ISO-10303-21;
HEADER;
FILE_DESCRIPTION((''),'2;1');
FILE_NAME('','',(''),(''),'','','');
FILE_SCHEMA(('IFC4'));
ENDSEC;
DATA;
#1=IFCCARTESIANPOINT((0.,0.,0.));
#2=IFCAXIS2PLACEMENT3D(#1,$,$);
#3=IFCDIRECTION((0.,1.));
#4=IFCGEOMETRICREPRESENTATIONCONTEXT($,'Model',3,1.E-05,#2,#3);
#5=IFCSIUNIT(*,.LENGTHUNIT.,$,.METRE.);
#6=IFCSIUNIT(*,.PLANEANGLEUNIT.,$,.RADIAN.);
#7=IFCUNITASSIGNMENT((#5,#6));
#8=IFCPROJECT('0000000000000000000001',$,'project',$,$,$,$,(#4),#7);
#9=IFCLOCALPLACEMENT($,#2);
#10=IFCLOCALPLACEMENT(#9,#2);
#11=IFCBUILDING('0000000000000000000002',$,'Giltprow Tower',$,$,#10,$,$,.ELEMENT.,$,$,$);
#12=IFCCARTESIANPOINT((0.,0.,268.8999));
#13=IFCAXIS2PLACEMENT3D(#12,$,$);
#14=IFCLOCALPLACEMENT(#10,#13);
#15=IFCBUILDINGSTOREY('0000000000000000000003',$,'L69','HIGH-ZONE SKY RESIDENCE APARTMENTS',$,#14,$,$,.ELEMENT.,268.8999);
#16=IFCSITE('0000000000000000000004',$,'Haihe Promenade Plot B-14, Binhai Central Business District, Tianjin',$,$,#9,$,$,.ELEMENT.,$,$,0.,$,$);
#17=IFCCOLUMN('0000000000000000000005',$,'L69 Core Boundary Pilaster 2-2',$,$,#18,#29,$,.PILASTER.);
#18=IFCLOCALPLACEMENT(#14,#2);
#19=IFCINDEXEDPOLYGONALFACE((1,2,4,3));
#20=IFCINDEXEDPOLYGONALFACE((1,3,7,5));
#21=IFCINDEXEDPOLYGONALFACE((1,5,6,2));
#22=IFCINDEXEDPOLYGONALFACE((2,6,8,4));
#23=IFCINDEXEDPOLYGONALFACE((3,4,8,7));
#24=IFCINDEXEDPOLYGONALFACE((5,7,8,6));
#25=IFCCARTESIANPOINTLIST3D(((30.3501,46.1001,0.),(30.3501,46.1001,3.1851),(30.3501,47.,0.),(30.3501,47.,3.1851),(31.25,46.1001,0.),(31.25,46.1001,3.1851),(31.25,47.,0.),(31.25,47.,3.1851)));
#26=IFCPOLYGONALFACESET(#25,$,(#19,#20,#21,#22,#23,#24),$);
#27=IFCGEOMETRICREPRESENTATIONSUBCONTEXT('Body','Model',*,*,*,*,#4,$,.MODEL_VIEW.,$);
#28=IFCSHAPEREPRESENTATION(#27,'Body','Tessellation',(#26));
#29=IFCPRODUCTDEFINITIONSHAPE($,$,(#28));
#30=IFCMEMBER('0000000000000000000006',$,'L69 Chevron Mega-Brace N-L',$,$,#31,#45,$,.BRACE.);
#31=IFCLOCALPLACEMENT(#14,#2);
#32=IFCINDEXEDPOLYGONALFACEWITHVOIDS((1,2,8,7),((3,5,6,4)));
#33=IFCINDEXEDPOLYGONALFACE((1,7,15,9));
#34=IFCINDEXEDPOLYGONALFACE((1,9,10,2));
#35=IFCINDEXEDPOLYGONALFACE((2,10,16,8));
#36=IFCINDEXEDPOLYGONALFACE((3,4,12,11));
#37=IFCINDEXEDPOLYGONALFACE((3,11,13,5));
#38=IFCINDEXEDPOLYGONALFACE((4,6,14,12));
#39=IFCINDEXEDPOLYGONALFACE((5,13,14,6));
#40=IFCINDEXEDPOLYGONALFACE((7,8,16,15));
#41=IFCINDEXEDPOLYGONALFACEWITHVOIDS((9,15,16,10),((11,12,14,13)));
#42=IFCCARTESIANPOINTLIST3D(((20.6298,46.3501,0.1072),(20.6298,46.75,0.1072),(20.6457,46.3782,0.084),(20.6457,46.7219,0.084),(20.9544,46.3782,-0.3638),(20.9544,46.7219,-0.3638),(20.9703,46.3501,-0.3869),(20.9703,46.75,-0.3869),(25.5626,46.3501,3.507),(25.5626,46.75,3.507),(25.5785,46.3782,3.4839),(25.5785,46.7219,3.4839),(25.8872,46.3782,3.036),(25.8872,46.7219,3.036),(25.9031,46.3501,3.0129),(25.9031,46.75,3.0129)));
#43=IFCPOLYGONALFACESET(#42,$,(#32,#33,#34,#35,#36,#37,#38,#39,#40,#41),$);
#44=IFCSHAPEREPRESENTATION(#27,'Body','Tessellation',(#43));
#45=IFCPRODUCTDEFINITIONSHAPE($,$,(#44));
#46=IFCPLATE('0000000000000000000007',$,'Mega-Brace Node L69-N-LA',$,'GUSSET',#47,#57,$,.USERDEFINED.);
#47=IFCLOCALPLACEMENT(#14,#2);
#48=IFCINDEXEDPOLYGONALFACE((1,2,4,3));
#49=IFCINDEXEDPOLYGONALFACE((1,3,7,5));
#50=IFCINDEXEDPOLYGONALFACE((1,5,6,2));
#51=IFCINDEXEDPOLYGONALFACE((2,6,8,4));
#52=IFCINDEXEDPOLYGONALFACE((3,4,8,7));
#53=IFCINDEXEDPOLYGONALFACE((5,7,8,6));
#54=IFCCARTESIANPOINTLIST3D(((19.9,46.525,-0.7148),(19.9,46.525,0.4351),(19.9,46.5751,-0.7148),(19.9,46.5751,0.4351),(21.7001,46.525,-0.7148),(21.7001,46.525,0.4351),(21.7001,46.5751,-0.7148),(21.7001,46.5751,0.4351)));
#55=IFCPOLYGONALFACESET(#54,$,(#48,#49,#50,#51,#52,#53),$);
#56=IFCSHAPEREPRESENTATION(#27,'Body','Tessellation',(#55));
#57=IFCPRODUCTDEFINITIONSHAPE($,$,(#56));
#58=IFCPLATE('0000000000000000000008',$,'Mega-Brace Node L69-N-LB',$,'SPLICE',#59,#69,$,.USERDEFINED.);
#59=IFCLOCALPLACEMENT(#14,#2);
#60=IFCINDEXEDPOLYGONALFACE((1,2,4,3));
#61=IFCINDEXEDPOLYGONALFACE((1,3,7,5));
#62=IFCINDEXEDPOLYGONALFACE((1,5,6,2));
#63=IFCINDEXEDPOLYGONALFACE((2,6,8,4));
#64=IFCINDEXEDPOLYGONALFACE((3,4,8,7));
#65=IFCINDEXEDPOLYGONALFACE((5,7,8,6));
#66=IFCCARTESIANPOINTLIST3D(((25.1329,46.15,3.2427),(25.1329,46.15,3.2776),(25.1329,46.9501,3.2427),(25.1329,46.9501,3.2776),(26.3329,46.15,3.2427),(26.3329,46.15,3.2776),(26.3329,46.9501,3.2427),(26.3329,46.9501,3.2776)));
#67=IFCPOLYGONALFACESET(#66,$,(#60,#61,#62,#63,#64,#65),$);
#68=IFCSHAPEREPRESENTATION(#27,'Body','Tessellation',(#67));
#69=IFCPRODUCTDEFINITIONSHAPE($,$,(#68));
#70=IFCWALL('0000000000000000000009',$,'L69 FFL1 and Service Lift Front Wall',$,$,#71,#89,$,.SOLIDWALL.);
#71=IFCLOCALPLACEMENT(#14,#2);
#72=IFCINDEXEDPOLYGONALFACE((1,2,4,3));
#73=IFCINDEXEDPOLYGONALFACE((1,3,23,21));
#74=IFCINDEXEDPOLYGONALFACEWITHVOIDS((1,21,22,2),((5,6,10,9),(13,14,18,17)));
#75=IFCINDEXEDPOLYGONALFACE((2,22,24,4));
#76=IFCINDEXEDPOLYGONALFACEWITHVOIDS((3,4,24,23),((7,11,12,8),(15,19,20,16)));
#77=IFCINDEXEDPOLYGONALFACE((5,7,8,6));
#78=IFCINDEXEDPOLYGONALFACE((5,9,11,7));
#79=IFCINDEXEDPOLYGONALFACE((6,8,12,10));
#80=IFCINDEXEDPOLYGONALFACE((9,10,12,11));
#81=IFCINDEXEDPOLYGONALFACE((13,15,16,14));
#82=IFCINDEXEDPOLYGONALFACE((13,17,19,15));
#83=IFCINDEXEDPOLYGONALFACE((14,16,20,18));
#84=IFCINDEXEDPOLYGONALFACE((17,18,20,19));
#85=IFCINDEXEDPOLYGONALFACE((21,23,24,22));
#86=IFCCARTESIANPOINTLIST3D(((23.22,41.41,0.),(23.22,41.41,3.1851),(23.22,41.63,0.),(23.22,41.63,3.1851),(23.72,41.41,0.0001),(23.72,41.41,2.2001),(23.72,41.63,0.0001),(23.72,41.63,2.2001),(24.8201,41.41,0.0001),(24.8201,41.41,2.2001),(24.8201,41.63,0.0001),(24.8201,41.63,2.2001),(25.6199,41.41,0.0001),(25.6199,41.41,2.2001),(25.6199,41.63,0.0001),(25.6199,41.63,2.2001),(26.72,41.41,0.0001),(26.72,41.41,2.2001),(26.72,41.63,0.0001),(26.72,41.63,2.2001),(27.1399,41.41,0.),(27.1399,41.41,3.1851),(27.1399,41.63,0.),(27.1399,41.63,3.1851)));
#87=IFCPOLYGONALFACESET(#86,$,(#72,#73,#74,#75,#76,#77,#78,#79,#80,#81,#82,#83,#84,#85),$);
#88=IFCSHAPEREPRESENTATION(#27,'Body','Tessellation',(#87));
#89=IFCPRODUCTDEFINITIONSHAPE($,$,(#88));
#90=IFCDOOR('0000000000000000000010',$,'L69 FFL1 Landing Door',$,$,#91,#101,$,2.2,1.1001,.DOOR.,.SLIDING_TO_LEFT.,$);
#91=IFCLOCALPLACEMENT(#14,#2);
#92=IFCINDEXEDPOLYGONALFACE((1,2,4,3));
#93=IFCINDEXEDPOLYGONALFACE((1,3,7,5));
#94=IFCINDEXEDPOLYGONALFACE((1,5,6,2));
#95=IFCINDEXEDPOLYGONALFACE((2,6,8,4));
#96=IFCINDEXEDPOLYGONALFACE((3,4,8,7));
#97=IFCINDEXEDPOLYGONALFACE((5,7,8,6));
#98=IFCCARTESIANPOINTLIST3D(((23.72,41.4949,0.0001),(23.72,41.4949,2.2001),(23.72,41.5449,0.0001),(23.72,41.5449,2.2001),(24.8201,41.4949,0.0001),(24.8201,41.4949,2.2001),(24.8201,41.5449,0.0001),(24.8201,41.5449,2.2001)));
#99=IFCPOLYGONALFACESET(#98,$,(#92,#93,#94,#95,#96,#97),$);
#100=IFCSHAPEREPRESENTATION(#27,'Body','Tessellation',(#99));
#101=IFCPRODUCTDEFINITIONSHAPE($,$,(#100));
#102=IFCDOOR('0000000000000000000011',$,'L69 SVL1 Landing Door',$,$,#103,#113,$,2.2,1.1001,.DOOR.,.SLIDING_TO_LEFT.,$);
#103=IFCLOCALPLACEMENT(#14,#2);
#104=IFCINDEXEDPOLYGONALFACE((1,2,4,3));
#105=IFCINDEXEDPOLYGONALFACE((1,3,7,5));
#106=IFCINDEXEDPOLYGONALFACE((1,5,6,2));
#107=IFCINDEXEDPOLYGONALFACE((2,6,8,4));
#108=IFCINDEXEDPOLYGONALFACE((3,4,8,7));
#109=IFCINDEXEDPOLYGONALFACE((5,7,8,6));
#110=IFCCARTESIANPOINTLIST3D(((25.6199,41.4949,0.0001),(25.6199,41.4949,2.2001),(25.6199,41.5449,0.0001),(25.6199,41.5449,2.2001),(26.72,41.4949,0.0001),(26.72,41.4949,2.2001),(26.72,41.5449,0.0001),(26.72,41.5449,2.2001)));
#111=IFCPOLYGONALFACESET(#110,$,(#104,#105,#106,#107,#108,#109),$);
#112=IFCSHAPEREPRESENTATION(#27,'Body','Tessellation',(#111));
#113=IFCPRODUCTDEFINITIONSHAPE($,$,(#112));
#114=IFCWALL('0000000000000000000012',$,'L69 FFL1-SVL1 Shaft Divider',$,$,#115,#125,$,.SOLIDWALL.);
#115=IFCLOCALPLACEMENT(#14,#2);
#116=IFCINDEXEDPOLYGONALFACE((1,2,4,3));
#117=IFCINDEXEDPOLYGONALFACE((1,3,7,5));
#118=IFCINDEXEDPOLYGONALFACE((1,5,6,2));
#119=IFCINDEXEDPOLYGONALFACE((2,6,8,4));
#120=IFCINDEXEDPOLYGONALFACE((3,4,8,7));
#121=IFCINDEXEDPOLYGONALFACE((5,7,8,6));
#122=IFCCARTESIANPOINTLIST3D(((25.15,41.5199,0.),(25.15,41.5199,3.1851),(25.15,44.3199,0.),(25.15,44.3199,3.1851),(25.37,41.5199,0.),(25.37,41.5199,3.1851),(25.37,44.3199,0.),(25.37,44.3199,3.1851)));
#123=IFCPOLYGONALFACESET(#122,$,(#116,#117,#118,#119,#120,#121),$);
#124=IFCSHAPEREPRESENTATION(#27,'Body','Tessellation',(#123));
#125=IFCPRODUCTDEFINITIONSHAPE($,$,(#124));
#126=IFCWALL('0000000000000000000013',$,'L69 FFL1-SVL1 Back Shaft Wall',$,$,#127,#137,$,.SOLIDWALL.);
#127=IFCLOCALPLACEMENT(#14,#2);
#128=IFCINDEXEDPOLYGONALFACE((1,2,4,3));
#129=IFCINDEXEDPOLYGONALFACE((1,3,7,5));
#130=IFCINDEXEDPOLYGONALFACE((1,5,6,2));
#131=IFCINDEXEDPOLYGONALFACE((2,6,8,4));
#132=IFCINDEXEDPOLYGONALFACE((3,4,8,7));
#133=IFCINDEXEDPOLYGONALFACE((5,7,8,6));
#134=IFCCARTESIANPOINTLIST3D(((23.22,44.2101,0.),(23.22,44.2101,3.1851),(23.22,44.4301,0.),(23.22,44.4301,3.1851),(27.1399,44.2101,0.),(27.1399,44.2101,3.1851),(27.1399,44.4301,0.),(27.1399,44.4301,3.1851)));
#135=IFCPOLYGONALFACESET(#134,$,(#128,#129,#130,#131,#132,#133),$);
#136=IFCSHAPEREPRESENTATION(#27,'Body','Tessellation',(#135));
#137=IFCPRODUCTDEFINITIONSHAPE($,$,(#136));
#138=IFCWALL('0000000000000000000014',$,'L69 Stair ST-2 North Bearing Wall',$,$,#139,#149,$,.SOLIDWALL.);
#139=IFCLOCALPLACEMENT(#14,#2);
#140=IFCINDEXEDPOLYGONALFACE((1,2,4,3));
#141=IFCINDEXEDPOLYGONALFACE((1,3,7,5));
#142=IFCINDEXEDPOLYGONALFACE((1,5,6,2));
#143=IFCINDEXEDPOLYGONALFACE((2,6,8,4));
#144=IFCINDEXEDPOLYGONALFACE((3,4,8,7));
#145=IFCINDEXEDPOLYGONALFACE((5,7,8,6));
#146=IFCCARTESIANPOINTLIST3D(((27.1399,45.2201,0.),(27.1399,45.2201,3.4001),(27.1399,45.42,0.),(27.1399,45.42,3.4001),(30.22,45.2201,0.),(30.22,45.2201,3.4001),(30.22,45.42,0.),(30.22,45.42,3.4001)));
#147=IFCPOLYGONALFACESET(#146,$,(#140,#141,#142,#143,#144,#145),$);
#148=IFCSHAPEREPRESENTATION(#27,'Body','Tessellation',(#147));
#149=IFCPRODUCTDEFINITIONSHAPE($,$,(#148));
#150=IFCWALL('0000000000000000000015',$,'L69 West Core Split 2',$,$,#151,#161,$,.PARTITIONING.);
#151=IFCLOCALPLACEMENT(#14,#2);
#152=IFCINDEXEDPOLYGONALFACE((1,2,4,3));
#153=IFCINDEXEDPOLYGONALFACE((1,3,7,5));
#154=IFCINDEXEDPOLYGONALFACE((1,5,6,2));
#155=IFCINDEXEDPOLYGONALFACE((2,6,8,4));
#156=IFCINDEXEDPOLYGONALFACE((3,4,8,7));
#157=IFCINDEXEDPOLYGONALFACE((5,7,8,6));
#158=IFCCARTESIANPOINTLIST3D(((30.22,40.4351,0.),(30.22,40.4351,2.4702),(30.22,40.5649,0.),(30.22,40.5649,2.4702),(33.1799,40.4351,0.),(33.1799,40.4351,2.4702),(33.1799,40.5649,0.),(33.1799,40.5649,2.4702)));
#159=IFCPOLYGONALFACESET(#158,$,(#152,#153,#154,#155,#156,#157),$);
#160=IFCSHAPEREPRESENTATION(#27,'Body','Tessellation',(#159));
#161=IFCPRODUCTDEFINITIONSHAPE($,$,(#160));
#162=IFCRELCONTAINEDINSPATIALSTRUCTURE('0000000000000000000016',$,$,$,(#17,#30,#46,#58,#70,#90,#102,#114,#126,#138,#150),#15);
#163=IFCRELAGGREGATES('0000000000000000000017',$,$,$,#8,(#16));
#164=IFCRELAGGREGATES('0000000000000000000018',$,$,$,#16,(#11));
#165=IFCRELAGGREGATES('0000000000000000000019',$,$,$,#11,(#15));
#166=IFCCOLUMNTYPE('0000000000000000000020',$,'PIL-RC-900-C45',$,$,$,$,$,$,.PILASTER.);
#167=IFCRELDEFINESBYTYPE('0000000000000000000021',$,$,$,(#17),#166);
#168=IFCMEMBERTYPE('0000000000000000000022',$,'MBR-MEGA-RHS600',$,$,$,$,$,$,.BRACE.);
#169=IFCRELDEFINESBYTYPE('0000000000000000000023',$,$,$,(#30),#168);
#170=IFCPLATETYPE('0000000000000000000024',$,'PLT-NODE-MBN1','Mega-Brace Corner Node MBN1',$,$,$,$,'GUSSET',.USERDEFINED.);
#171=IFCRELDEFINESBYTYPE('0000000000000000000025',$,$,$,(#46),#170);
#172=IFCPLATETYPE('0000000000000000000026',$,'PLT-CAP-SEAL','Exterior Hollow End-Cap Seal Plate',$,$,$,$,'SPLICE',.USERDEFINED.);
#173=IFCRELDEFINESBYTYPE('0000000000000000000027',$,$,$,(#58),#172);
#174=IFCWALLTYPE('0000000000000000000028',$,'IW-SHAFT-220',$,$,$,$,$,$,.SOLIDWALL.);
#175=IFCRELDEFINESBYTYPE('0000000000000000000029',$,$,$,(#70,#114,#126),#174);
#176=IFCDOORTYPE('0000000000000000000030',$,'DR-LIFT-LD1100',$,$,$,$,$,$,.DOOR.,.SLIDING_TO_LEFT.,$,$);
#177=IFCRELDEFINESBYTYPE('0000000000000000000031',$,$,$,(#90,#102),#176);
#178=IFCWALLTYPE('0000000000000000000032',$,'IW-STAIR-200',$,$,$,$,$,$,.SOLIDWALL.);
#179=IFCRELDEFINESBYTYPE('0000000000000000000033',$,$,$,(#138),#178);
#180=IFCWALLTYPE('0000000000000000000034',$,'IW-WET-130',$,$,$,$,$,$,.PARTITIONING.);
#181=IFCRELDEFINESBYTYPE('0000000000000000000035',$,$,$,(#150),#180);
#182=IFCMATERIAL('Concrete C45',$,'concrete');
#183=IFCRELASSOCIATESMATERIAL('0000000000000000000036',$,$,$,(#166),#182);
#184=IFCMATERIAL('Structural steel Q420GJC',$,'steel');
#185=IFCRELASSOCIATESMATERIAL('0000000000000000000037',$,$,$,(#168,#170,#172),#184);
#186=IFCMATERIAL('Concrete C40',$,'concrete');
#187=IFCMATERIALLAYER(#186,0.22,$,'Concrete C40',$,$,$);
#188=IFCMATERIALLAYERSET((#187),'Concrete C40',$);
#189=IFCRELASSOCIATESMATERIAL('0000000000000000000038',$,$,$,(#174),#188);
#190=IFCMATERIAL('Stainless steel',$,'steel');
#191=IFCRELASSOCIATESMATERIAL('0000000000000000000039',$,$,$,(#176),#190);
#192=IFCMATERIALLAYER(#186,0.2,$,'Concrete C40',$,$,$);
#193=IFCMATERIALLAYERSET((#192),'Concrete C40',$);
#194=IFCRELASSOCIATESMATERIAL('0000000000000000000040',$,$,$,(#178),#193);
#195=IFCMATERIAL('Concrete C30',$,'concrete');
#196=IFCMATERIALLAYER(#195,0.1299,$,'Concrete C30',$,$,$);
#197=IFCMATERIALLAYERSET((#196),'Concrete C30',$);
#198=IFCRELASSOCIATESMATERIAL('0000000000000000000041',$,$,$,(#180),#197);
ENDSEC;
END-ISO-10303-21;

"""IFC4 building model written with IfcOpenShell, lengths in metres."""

from ifc_helpers import new_model, si_unit, direction, frame, frame_2d, origin, origin_2d, place, context, subcontext, project, spatial, rectangle, hollow_rectangle, extrude, source, transform, mapped, material, layer, layer_set, material_profile, profile_set, type_object, element, fill, save


model = new_model("IFC4")

# Units and contexts
model_context = context("Model", 3, precision=1e-05, world=origin(), true_north=direction((0.0, 1.0)))
body_context = subcontext(model_context, "Body", "Model", "MODEL_VIEW")
ifc_project = project(units=[si_unit("LENGTHUNIT", "METRE"), si_unit("PLANEANGLEUNIT", "RADIAN")], contexts=[model_context])

# Site, building, storey
site_placement = place(None, origin())
site = spatial("IfcSite", under=ifc_project, at=site_placement, Name="Haihe Promenade Plot B-14, Binhai Central Business District, Tianjin", CompositionType="ELEMENT", RefElevation=0.0)
building_placement = place(site_placement, origin())
building = spatial("IfcBuilding", under=site, at=building_placement, Name="Giltprow Tower", CompositionType="ELEMENT")
storey_placement = place(building_placement, frame((0.0, 0.0, 268.8999)))
storey = spatial("IfcBuildingStorey", under=building, at=storey_placement, Name="L69", Description="HIGH-ZONE SKY RESIDENCE APARTMENTS", CompositionType="ELEMENT", Elevation=268.8999)

# Column
ifc_material_1 = material(Name="Concrete C45", Category="concrete")
ifc_material_profile_1 = material_profile(ifc_material_1, rectangle(XDim=0.8999, YDim=0.8999, at=origin_2d()), Name="RC 900x900")
ifc_profile_set_1 = profile_set([ifc_material_profile_1], Name="Concrete C45")
column_type = type_object("IfcColumnType", Name="PIL-RC-900-C45", PredefinedType="PILASTER", material=ifc_profile_set_1)
shared_shape_1 = source(origin(), body_context, "Body", "SweptSolid", [
    extrude(rectangle(XDim=0.8999, YDim=0.8999, at=origin_2d()), origin(), (0.0, 0.0, 1.0), 3.1851),
])
column_placement = place(storey_placement, frame((30.8, 46.55, 0.0), z_axis=(0.0, 0.0, 1.0), x_axis=(1.0, 0.0, 0.0)))
element("IfcColumn", 1, at=column_placement, inside=storey, type_object=column_type, Name="L69 Core Boundary Pilaster 2-2", PredefinedType="PILASTER", context=body_context, shape_type="MappedRepresentation", body=[
    mapped(shared_shape_1, transform((0.0, 0.0, 0.0), x_axis=(1.0, 0.0, 0.0), y_axis=(0.0, 1.0, 0.0), z_axis=(0.0, 0.0, 1.0), scale=1.0)),
])

# Member
ifc_material_2 = material(Name="Structural steel Q420GJC", Category="steel")
ifc_material_profile_2 = material_profile(ifc_material_2, hollow_rectangle(XDim=0.3999, YDim=0.6001, WallThickness=0.0281, at=origin_2d()), Name="RHS 600x400x28")
ifc_profile_set_2 = profile_set([ifc_material_profile_2], Name="Structural steel Q420GJC")
member_type = type_object("IfcMemberType", Name="MBR-MEGA-RHS600", PredefinedType="BRACE", material=ifc_profile_set_2)
shared_shape_2 = source(origin(), body_context, "Body", "SweptSolid", [
    extrude(hollow_rectangle(XDim=0.3999, YDim=0.6001, WallThickness=0.0281, at=origin_2d()), origin(), (0.0, 0.0, 1.0), 5.991),
])
member_placement = place(storey_placement, frame((20.8, 46.55, -0.1399), z_axis=(0.823374, 0.0, 0.567499), x_axis=(0.0, 1.0, 0.0)))
element("IfcMember", 2, at=member_placement, inside=storey, type_object=member_type, Name="L69 Chevron Mega-Brace N-L", PredefinedType="BRACE", context=body_context, shape_type="MappedRepresentation", body=[
    mapped(shared_shape_2, transform((0.0, 0.0, 0.0), x_axis=(1.0, 0.0, 0.0), y_axis=(0.0, 1.0, 0.0), z_axis=(0.0, 0.0, 1.0), scale=1.0)),
])

# Plates
plate_type_1 = type_object("IfcPlateType", Name="PLT-NODE-MBN1", Description="Mega-Brace Corner Node MBN1", ElementType="GUSSET", PredefinedType="USERDEFINED", material=ifc_material_2)
shared_shape_3 = source(origin(), body_context, "Body", "SweptSolid", [
    extrude(rectangle(XDim=1.8, YDim=0.05, at=origin_2d()), origin(), (0.0, 0.0, 1.0), 1.1499),
])
plate_1_placement = place(storey_placement, frame((20.8, 46.55, -0.7148), z_axis=(0.0, 0.0, 1.0), x_axis=(1.0, 0.0, 0.0)))
element("IfcPlate", 3, at=plate_1_placement, inside=storey, type_object=plate_type_1, Name="Mega-Brace Node L69-N-LA", ObjectType="GUSSET", PredefinedType="USERDEFINED", context=body_context, shape_type="MappedRepresentation", body=[
    mapped(shared_shape_3, transform((0.0, 0.0, 0.0), x_axis=(1.0, 0.0, 0.0), y_axis=(0.0, 1.0, 0.0), z_axis=(0.0, 0.0, 1.0), scale=1.0)),
])
plate_type_2 = type_object("IfcPlateType", Name="PLT-CAP-SEAL", Description="Exterior Hollow End-Cap Seal Plate", ElementType="SPLICE", PredefinedType="USERDEFINED", material=ifc_material_2)
shared_shape_4 = source(origin(), body_context, "Body", "SweptSolid", [
    extrude(rectangle(XDim=1.2, YDim=0.8, at=origin_2d()), origin(), (0.0, 0.0, 1.0), 0.0349),
])
plate_2_placement = place(storey_placement, frame((25.7329, 46.55, 3.2427), z_axis=(0.0, 0.0, 1.0), x_axis=(1.0, 0.0, 0.0)))
element("IfcPlate", 4, at=plate_2_placement, inside=storey, type_object=plate_type_2, Name="Mega-Brace Node L69-N-LB", ObjectType="SPLICE", PredefinedType="USERDEFINED", context=body_context, shape_type="MappedRepresentation", body=[
    mapped(shared_shape_4, transform((0.0, 0.0, 0.0), x_axis=(1.0, 0.0, 0.0), y_axis=(0.0, 1.0, 0.0), z_axis=(0.0, 0.0, 1.0), scale=1.0)),
])

# Wall, openings, doors
ifc_material_3 = material(Name="Concrete C40", Category="concrete")
ifc_layer_1 = layer(ifc_material_3, 0.22, Name="Concrete C40")
ifc_layer_set_1 = layer_set([ifc_layer_1], Name="Concrete C40")
wall_type_1 = type_object("IfcWallType", Name="IW-SHAFT-220", PredefinedType="SOLIDWALL", material=ifc_layer_set_1)
wall_1_placement = place(storey_placement, frame((23.22, 41.52, 0.0), z_axis=(0.0, 0.0, 1.0), x_axis=(1.0, 0.0, 0.0)))
wall_1 = element("IfcWall", 5, at=wall_1_placement, inside=storey, type_object=wall_type_1, Name="L69 FFL1 and Service Lift Front Wall", PredefinedType="SOLIDWALL", context=body_context, shape_type="SweptSolid", body=[
    extrude(rectangle(XDim=3.9199, YDim=0.22, at=frame_2d((1.96, 0.0))), origin(), (0.0, 0.0, 1.0), 3.1851),
])
opening_1_placement = place(wall_1_placement, frame((0.5, 0.0, 0.0)))
opening_1 = element("IfcOpeningElement", 6, at=opening_1_placement, cuts=wall_1, PredefinedType="OPENING", context=body_context, shape_type="SweptSolid", body=[
    extrude(rectangle(XDim=1.1001, YDim=2.2, at=frame_2d((0.55, 1.1001))), frame((0.0, 0.1199, 0.0), z_axis=(0.0, -1.0, 0.0), x_axis=(1.0, 0.0, 0.0)), (0.0, 0.0, 1.0), 0.24),
])
opening_2_placement = place(wall_1_placement, frame((2.3999, 0.0, 0.0)))
opening_2 = element("IfcOpeningElement", 7, at=opening_2_placement, cuts=wall_1, PredefinedType="OPENING", context=body_context, shape_type="SweptSolid", body=[
    extrude(rectangle(XDim=1.1001, YDim=2.2, at=frame_2d((0.55, 1.1001))), frame((0.0, 0.1199, 0.0), z_axis=(0.0, -1.0, 0.0), x_axis=(1.0, 0.0, 0.0)), (0.0, 0.0, 1.0), 0.24),
])
ifc_material_4 = material(Name="Stainless steel", Category="steel")
door_type = type_object("IfcDoorType", Name="DR-LIFT-LD1100", OperationType="SLIDING_TO_LEFT", PredefinedType="DOOR", material=ifc_material_4)
shared_shape_5 = source(origin(), body_context, "Body", "SweptSolid", [
    extrude(rectangle(XDim=1.1001, YDim=2.2, at=frame_2d((0.55, 1.1001))), frame((0.0, 0.0249, 0.0), z_axis=(0.0, -1.0, 0.0), x_axis=(1.0, 0.0, 0.0)), (0.0, 0.0, 1.0), 0.05),
])
door_1_placement = place(opening_1_placement, origin())
door_1 = element("IfcDoor", 8, at=door_1_placement, inside=storey, type_object=door_type, Name="L69 FFL1 Landing Door", OperationType="SLIDING_TO_LEFT", OverallHeight=2.2, OverallWidth=1.1001, PredefinedType="DOOR", context=body_context, shape_type="MappedRepresentation", body=[
    mapped(shared_shape_5, transform((0.0, 0.0, 0.0), x_axis=(1.0, 0.0, 0.0), y_axis=(0.0, 1.0, 0.0), z_axis=(0.0, 0.0, 1.0), scale=1.0)),
])
fill(opening_1, door_1)
door_2_placement = place(opening_2_placement, origin())
door_2 = element("IfcDoor", 9, at=door_2_placement, inside=storey, type_object=door_type, Name="L69 SVL1 Landing Door", OperationType="SLIDING_TO_LEFT", OverallHeight=2.2, OverallWidth=1.1001, PredefinedType="DOOR", context=body_context, shape_type="MappedRepresentation", body=[
    mapped(shared_shape_5, transform((0.0, 0.0, 0.0), x_axis=(1.0, 0.0, 0.0), y_axis=(0.0, 1.0, 0.0), z_axis=(0.0, 0.0, 1.0), scale=1.0)),
])
fill(opening_2, door_2)

# Walls
wall_2_placement = place(storey_placement, frame((25.26, 41.52, 0.0), z_axis=(0.0, 0.0, 1.0), x_axis=(0.0, 1.0, 0.0)))
element("IfcWall", 10, at=wall_2_placement, inside=storey, type_object=wall_type_1, Name="L69 FFL1-SVL1 Shaft Divider", PredefinedType="SOLIDWALL", context=body_context, shape_type="SweptSolid", body=[
    extrude(rectangle(XDim=2.8, YDim=0.22, at=frame_2d((1.3999, 0.0))), origin(), (0.0, 0.0, 1.0), 3.1851),
])
wall_3_placement = place(storey_placement, frame((23.22, 44.3201, 0.0), z_axis=(0.0, 0.0, 1.0), x_axis=(1.0, 0.0, 0.0)))
element("IfcWall", 11, at=wall_3_placement, inside=storey, type_object=wall_type_1, Name="L69 FFL1-SVL1 Back Shaft Wall", PredefinedType="SOLIDWALL", context=body_context, shape_type="SweptSolid", body=[
    extrude(rectangle(XDim=3.9199, YDim=0.22, at=frame_2d((1.96, 0.0))), origin(), (0.0, 0.0, 1.0), 3.1851),
])
ifc_layer_2 = layer(ifc_material_3, 0.2, Name="Concrete C40")
ifc_layer_set_2 = layer_set([ifc_layer_2], Name="Concrete C40")
wall_type_2 = type_object("IfcWallType", Name="IW-STAIR-200", PredefinedType="SOLIDWALL", material=ifc_layer_set_2)
wall_4_placement = place(storey_placement, frame((27.1399, 45.3201, 0.0), z_axis=(0.0, 0.0, 1.0), x_axis=(1.0, 0.0, 0.0)))
element("IfcWall", 12, at=wall_4_placement, inside=storey, type_object=wall_type_2, Name="L69 Stair ST-2 North Bearing Wall", PredefinedType="SOLIDWALL", context=body_context, shape_type="SweptSolid", body=[
    extrude(rectangle(XDim=3.0801, YDim=0.2, at=frame_2d((1.54, 0.0))), origin(), (0.0, 0.0, 1.0), 3.4001),
])
ifc_material_5 = material(Name="Concrete C30", Category="concrete")
ifc_layer_3 = layer(ifc_material_5, 0.1299, Name="Concrete C30")
ifc_layer_set_3 = layer_set([ifc_layer_3], Name="Concrete C30")
wall_type_3 = type_object("IfcWallType", Name="IW-WET-130", PredefinedType="PARTITIONING", material=ifc_layer_set_3)
wall_5_placement = place(storey_placement, frame((30.22, 40.5, 0.0), z_axis=(0.0, 0.0, 1.0), x_axis=(1.0, 0.0, 0.0)))
element("IfcWall", 13, at=wall_5_placement, inside=storey, type_object=wall_type_3, Name="L69 West Core Split 2", PredefinedType="PARTITIONING", context=body_context, shape_type="SweptSolid", body=[
    extrude(rectangle(XDim=2.96, YDim=0.1299, at=frame_2d((1.48, 0.0))), origin(), (0.0, 0.0, 1.0), 2.4702),
])

save(model, "model.ifc")
